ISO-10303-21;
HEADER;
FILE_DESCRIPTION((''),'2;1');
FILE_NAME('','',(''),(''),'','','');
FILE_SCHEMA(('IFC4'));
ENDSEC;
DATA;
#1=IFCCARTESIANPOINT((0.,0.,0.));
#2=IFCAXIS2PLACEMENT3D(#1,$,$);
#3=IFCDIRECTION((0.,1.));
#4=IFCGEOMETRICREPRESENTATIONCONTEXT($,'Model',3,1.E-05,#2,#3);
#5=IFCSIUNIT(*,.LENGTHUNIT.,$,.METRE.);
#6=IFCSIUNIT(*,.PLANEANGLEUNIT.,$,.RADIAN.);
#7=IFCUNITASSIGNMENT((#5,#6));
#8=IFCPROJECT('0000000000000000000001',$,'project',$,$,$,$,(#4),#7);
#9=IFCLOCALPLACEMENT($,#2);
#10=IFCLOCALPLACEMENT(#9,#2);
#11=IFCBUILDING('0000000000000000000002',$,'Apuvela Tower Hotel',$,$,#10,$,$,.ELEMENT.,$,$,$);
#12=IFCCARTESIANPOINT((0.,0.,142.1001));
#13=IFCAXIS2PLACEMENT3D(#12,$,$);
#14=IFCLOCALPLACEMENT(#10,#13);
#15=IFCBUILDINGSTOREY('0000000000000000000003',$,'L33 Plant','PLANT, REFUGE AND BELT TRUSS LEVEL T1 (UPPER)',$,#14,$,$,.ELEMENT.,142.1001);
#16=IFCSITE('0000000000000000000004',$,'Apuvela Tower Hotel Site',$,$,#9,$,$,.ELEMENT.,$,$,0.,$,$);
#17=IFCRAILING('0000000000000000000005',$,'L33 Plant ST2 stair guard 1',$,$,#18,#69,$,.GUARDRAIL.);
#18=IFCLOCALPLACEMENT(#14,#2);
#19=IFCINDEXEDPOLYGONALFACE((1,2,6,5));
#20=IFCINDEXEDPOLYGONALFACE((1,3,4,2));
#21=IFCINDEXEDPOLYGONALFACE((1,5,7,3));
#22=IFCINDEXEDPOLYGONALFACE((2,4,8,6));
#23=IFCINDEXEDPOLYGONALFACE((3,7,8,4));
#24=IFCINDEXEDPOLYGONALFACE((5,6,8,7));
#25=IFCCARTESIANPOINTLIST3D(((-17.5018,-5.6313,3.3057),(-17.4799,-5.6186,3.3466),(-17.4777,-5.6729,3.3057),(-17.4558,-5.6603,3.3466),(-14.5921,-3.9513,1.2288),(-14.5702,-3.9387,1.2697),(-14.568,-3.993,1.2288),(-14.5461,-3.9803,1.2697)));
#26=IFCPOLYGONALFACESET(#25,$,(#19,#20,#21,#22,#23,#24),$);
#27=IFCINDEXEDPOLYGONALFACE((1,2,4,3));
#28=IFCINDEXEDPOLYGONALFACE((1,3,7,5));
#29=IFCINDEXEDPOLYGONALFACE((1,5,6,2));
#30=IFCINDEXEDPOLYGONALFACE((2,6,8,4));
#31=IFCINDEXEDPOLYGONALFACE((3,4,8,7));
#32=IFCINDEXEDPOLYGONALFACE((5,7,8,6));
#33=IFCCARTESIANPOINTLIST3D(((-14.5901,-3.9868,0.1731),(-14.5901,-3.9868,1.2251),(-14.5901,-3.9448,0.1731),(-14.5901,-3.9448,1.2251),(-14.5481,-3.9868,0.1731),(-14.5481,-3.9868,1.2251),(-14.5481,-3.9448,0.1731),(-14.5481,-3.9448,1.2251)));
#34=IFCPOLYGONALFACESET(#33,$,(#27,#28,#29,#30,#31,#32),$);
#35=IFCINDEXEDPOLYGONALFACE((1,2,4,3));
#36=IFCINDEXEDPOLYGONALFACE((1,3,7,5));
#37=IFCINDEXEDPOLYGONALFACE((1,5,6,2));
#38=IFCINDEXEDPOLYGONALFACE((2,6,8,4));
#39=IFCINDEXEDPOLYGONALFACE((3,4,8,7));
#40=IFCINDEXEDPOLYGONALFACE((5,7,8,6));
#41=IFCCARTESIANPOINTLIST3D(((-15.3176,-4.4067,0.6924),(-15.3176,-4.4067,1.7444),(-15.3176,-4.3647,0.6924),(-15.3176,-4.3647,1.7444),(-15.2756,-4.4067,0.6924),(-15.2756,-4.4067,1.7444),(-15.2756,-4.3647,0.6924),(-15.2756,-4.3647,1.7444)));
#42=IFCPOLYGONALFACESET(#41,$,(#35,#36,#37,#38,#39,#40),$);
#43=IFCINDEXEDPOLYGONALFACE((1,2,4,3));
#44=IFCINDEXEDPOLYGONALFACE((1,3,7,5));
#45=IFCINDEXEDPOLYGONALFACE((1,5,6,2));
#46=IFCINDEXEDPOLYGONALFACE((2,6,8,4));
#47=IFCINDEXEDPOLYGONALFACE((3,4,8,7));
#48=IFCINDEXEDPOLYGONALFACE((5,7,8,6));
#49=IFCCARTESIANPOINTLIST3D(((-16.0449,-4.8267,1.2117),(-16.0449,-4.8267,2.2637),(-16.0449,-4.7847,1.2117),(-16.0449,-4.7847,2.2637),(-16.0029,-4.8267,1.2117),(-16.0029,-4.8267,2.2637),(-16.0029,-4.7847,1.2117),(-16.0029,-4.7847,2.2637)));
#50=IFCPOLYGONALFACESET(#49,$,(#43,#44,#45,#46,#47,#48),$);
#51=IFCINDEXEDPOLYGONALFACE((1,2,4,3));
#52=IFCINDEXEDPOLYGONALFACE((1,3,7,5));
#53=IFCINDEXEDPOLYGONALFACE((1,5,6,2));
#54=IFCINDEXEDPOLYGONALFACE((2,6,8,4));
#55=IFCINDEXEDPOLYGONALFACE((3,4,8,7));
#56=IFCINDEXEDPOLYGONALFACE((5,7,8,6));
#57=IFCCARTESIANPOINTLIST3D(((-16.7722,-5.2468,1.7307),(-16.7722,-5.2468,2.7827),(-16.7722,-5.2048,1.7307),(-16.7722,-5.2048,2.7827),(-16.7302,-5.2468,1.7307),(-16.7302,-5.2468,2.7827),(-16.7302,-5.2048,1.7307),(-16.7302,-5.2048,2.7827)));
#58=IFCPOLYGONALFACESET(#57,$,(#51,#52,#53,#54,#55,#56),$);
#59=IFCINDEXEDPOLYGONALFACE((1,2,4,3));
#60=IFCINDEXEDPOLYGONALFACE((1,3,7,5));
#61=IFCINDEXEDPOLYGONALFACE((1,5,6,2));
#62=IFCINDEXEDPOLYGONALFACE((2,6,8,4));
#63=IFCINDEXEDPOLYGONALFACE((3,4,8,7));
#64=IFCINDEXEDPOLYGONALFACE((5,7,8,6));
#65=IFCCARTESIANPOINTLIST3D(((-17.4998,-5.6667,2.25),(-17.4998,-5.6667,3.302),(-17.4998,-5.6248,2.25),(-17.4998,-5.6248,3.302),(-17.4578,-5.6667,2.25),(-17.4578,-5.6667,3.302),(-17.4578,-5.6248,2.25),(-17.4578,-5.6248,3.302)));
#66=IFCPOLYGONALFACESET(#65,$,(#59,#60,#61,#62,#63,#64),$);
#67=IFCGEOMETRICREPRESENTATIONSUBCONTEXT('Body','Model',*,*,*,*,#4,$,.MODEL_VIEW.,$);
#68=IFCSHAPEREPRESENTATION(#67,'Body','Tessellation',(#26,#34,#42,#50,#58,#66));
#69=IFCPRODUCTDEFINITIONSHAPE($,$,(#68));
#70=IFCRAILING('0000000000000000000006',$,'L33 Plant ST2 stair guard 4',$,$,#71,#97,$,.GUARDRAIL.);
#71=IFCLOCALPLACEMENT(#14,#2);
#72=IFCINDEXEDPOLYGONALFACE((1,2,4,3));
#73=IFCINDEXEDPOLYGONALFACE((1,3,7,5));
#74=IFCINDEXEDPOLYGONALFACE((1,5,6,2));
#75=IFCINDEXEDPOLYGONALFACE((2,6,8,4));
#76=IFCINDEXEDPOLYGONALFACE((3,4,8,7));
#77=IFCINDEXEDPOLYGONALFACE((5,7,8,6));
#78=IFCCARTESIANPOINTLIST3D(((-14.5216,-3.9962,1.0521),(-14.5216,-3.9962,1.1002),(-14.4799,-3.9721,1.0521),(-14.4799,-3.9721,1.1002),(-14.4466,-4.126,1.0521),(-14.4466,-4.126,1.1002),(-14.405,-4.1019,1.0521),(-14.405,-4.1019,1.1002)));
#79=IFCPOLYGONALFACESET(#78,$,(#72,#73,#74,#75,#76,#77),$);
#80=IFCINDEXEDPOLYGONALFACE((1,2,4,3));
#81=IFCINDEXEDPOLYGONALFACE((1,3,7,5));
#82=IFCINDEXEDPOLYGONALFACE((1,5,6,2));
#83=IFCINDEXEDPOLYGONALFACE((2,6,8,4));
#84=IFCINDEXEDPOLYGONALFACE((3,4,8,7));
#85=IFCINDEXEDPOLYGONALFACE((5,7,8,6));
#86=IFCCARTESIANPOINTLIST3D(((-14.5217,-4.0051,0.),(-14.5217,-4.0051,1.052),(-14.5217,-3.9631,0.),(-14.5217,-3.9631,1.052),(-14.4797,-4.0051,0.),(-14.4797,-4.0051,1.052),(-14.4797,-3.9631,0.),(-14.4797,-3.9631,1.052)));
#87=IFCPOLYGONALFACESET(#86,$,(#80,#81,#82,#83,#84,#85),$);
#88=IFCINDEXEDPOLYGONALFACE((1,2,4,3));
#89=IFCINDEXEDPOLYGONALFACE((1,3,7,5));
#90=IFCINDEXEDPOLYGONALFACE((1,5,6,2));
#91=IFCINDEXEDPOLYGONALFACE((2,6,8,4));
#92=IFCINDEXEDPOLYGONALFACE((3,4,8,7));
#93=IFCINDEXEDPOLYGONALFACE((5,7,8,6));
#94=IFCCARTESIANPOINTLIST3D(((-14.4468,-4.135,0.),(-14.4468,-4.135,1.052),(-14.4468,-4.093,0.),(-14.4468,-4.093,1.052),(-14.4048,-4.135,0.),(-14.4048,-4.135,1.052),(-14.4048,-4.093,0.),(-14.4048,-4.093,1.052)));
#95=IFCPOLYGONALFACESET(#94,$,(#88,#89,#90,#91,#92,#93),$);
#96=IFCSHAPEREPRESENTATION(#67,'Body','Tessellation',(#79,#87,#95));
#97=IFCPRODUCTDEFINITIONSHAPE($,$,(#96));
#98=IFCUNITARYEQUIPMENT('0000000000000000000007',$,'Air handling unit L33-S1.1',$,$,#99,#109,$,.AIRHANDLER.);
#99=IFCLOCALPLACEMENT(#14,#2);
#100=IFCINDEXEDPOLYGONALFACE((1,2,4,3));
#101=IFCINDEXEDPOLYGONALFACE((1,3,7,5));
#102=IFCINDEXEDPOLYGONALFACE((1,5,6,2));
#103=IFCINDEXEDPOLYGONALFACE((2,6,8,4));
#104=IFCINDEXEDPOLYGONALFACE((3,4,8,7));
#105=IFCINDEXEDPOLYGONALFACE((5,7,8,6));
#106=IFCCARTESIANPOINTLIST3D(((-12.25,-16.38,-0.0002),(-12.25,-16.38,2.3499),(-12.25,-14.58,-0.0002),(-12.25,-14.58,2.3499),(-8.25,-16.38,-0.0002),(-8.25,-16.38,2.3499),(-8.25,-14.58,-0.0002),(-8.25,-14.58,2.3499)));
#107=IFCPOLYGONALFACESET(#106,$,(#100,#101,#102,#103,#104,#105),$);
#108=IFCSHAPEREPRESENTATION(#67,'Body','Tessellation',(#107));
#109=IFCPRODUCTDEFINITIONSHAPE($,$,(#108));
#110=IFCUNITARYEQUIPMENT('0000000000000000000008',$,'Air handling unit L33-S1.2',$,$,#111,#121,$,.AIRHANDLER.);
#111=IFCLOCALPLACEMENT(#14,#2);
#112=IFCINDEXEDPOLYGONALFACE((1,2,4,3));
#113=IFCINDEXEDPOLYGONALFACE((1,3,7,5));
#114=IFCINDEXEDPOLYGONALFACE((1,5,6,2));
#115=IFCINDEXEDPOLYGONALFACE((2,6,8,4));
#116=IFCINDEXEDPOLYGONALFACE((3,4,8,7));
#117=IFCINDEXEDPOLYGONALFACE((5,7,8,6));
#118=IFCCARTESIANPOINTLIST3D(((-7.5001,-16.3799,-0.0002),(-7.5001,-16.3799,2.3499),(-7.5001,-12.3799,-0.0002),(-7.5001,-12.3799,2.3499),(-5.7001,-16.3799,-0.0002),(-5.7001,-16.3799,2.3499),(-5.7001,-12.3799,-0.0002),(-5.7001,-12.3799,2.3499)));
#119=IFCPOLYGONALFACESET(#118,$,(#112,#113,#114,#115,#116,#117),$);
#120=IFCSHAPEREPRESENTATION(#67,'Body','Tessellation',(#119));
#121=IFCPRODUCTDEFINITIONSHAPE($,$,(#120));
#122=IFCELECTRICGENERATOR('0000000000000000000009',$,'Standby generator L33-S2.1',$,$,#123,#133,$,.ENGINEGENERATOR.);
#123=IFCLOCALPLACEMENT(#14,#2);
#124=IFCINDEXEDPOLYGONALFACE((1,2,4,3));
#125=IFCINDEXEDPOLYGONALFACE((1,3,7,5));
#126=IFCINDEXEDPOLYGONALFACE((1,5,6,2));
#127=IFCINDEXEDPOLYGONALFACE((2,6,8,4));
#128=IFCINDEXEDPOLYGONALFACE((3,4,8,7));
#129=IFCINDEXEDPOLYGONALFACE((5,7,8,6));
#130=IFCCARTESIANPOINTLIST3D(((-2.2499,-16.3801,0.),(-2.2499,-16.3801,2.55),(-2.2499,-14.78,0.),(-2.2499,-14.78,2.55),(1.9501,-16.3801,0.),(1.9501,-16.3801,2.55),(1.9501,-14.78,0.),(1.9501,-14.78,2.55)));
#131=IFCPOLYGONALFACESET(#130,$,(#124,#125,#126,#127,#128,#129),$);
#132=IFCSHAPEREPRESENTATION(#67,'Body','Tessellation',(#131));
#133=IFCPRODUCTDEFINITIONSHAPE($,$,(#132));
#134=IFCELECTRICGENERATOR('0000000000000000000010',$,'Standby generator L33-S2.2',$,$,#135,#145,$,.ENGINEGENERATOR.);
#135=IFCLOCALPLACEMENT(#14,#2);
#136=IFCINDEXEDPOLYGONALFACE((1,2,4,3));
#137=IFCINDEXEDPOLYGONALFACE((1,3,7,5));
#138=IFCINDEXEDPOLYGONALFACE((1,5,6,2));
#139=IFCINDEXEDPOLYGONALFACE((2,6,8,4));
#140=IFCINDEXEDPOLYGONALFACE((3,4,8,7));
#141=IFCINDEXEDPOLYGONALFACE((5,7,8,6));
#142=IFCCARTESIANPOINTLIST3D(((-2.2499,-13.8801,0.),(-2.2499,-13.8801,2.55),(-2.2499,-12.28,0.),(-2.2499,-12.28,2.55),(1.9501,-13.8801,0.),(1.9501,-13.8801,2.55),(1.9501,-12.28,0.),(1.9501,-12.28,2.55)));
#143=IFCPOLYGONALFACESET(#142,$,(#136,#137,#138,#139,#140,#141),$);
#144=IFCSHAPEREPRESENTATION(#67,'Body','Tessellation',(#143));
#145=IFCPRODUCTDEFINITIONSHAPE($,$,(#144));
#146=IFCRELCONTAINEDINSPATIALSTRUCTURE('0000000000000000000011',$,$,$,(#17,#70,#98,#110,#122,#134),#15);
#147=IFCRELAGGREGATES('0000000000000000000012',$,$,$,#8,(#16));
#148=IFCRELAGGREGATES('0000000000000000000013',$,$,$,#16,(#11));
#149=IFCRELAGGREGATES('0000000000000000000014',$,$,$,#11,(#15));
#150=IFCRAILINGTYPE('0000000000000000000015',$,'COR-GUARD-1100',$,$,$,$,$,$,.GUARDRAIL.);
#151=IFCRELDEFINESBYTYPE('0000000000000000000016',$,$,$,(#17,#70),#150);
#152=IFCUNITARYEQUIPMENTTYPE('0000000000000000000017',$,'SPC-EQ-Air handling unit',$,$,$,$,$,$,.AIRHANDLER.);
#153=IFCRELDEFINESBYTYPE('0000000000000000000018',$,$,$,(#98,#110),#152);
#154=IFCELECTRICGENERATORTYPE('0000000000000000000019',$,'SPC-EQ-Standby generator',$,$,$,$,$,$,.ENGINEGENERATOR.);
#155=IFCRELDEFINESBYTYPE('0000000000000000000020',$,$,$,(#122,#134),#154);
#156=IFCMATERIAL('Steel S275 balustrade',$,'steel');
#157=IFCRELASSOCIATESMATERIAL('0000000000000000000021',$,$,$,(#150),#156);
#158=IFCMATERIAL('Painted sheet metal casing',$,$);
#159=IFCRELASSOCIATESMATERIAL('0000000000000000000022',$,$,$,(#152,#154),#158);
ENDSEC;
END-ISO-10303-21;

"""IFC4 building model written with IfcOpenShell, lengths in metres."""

from ifc_helpers import new_model, si_unit, direction, frame, origin, origin_2d, place, context, subcontext, project, spatial, rectangle, extrude, material, type_object, element, save


model = new_model("IFC4")

# Units and contexts
model_context = context("Model", 3, precision=1e-05, world=origin(), true_north=direction((0.0, 1.0)))
body_context = subcontext(model_context, "Body", "Model", "MODEL_VIEW")
ifc_project = project(units=[si_unit("LENGTHUNIT", "METRE"), si_unit("PLANEANGLEUNIT", "RADIAN")], contexts=[model_context])

# Site, building, storey
site_placement = place(None, origin())
site = spatial("IfcSite", under=ifc_project, at=site_placement, Name="Apuvela Tower Hotel Site", CompositionType="ELEMENT", RefElevation=0.0)
building_placement = place(site_placement, origin())
building = spatial("IfcBuilding", under=site, at=building_placement, Name="Apuvela Tower Hotel", CompositionType="ELEMENT")
storey_placement = place(building_placement, frame((0.0, 0.0, 142.1001)))
storey = spatial("IfcBuildingStorey", under=building, at=storey_placement, Name="L33 Plant", Description="PLANT, REFUGE AND BELT TRUSS LEVEL T1 (UPPER)", CompositionType="ELEMENT", Elevation=142.1001)

# Railings
ifc_material_1 = material(Name="Steel S275 balustrade", Category="steel")
railing_type = type_object("IfcRailingType", Name="COR-GUARD-1100", PredefinedType="GUARDRAIL", material=ifc_material_1)
railing_1_placement = place(storey_placement, frame((-14.5691, -3.9658, 0.1731)))
element("IfcRailing", 1, at=railing_1_placement, inside=storey, type_object=railing_type, Name="L33 Plant ST2 stair guard 1", PredefinedType="GUARDRAIL", context=body_context, shape_type="SweptSolid", body=[
    extrude(rectangle(XDim=0.0481, YDim=0.0481, at=origin_2d()), frame((0.0, 0.0, 1.0762), z_axis=(-0.73664, -0.425308, 0.525809), x_axis=(0.500008, -0.866021, 0.0)), (0.0, 0.0, 1.0), 3.95),
    extrude(rectangle(XDim=0.042, YDim=0.042, at=origin_2d()), origin(), (0.0, 0.0, 1.0), 1.052),
    extrude(rectangle(XDim=0.042, YDim=0.042, at=origin_2d()), frame((-0.7275, -0.4199, 0.5193)), (0.0, 0.0, 1.0), 1.052),
    extrude(rectangle(XDim=0.042, YDim=0.042, at=origin_2d()), frame((-1.4548, -0.8398, 1.0386)), (0.0, 0.0, 1.0), 1.052),
    extrude(rectangle(XDim=0.042, YDim=0.042, at=origin_2d()), frame((-2.1821, -1.26, 1.5576)), (0.0, 0.0, 1.0), 1.052),
    extrude(rectangle(XDim=0.042, YDim=0.042, at=origin_2d()), frame((-2.9097, -1.6799, 2.0769)), (0.0, 0.0, 1.0), 1.052),
])
railing_2_placement = place(storey_placement, frame((-14.5007, -3.9841, 0.0)))
element("IfcRailing", 2, at=railing_2_placement, inside=storey, type_object=railing_type, Name="L33 Plant ST2 stair guard 4", PredefinedType="GUARDRAIL", context=body_context, shape_type="SweptSolid", body=[
    extrude(rectangle(XDim=0.0481, YDim=0.0481, at=origin_2d()), frame((0.0, 0.0, 1.0762), z_axis=(0.499816, -0.866131, 0.0), x_axis=(0.866131, 0.499816, 0.0)), (0.0, 0.0, 1.0), 0.1499),
    extrude(rectangle(XDim=0.042, YDim=0.042, at=origin_2d()), origin(), (0.0, 0.0, 1.0), 1.052),
    extrude(rectangle(XDim=0.042, YDim=0.042, at=origin_2d()), frame((0.075, -0.1299, 0.0)), (0.0, 0.0, 1.0), 1.052),
])

# Unitary equipment
ifc_material_2 = material(Name="Painted sheet metal casing")
unitary_equipment_type = type_object("IfcUnitaryEquipmentType", Name="SPC-EQ-Air handling unit", PredefinedType="AIRHANDLER", material=ifc_material_2)
unitary_equipment_1_placement = place(storey_placement, frame((-10.25, -15.48, -0.0002), z_axis=(0.0, 0.0, 1.0), x_axis=(1.0, 0.0, 0.0)))
element("IfcUnitaryEquipment", 3, at=unitary_equipment_1_placement, inside=storey, type_object=unitary_equipment_type, Name="Air handling unit L33-S1.1", PredefinedType="AIRHANDLER", context=body_context, shape_type="SweptSolid", body=[
    extrude(rectangle(XDim=4.0, YDim=1.8, at=origin_2d()), origin(), (0.0, 0.0, 1.0), 2.3501),
])
unitary_equipment_2_placement = place(storey_placement, frame((-6.6001, -14.3799, -0.0002), z_axis=(0.0, 0.0, 1.0), x_axis=(1.0, 0.0, 0.0)))
element("IfcUnitaryEquipment", 4, at=unitary_equipment_2_placement, inside=storey, type_object=unitary_equipment_type, Name="Air handling unit L33-S1.2", PredefinedType="AIRHANDLER", context=body_context, shape_type="SweptSolid", body=[
    extrude(rectangle(XDim=1.8, YDim=4.0, at=origin_2d()), origin(), (0.0, 0.0, 1.0), 2.3501),
])

# Electric generators
electric_generator_type = type_object("IfcElectricGeneratorType", Name="SPC-EQ-Standby generator", PredefinedType="ENGINEGENERATOR", material=ifc_material_2)
for number, where, z_axis, x_axis, name in (
    (5, (-0.1499, -15.5801, 0.0), (0.0, 0.0, 1.0), (1.0, 0.0, 0.0), "Standby generator L33-S2.1"),
    (6, (-0.1499, -13.0801, 0.0), (0.0, 0.0, 1.0), (1.0, 0.0, 0.0), "Standby generator L33-S2.2"),
):
    element("IfcElectricGenerator", number, at=place(storey_placement, frame(where, z_axis=z_axis, x_axis=x_axis)), inside=storey, type_object=electric_generator_type, Name=name, PredefinedType="ENGINEGENERATOR", context=body_context, shape_type="SweptSolid", body=[
        extrude(rectangle(XDim=4.2, YDim=1.6001, at=origin_2d()), origin(), (0.0, 0.0, 1.0), 2.55),
    ])

save(model, "model.ifc")
